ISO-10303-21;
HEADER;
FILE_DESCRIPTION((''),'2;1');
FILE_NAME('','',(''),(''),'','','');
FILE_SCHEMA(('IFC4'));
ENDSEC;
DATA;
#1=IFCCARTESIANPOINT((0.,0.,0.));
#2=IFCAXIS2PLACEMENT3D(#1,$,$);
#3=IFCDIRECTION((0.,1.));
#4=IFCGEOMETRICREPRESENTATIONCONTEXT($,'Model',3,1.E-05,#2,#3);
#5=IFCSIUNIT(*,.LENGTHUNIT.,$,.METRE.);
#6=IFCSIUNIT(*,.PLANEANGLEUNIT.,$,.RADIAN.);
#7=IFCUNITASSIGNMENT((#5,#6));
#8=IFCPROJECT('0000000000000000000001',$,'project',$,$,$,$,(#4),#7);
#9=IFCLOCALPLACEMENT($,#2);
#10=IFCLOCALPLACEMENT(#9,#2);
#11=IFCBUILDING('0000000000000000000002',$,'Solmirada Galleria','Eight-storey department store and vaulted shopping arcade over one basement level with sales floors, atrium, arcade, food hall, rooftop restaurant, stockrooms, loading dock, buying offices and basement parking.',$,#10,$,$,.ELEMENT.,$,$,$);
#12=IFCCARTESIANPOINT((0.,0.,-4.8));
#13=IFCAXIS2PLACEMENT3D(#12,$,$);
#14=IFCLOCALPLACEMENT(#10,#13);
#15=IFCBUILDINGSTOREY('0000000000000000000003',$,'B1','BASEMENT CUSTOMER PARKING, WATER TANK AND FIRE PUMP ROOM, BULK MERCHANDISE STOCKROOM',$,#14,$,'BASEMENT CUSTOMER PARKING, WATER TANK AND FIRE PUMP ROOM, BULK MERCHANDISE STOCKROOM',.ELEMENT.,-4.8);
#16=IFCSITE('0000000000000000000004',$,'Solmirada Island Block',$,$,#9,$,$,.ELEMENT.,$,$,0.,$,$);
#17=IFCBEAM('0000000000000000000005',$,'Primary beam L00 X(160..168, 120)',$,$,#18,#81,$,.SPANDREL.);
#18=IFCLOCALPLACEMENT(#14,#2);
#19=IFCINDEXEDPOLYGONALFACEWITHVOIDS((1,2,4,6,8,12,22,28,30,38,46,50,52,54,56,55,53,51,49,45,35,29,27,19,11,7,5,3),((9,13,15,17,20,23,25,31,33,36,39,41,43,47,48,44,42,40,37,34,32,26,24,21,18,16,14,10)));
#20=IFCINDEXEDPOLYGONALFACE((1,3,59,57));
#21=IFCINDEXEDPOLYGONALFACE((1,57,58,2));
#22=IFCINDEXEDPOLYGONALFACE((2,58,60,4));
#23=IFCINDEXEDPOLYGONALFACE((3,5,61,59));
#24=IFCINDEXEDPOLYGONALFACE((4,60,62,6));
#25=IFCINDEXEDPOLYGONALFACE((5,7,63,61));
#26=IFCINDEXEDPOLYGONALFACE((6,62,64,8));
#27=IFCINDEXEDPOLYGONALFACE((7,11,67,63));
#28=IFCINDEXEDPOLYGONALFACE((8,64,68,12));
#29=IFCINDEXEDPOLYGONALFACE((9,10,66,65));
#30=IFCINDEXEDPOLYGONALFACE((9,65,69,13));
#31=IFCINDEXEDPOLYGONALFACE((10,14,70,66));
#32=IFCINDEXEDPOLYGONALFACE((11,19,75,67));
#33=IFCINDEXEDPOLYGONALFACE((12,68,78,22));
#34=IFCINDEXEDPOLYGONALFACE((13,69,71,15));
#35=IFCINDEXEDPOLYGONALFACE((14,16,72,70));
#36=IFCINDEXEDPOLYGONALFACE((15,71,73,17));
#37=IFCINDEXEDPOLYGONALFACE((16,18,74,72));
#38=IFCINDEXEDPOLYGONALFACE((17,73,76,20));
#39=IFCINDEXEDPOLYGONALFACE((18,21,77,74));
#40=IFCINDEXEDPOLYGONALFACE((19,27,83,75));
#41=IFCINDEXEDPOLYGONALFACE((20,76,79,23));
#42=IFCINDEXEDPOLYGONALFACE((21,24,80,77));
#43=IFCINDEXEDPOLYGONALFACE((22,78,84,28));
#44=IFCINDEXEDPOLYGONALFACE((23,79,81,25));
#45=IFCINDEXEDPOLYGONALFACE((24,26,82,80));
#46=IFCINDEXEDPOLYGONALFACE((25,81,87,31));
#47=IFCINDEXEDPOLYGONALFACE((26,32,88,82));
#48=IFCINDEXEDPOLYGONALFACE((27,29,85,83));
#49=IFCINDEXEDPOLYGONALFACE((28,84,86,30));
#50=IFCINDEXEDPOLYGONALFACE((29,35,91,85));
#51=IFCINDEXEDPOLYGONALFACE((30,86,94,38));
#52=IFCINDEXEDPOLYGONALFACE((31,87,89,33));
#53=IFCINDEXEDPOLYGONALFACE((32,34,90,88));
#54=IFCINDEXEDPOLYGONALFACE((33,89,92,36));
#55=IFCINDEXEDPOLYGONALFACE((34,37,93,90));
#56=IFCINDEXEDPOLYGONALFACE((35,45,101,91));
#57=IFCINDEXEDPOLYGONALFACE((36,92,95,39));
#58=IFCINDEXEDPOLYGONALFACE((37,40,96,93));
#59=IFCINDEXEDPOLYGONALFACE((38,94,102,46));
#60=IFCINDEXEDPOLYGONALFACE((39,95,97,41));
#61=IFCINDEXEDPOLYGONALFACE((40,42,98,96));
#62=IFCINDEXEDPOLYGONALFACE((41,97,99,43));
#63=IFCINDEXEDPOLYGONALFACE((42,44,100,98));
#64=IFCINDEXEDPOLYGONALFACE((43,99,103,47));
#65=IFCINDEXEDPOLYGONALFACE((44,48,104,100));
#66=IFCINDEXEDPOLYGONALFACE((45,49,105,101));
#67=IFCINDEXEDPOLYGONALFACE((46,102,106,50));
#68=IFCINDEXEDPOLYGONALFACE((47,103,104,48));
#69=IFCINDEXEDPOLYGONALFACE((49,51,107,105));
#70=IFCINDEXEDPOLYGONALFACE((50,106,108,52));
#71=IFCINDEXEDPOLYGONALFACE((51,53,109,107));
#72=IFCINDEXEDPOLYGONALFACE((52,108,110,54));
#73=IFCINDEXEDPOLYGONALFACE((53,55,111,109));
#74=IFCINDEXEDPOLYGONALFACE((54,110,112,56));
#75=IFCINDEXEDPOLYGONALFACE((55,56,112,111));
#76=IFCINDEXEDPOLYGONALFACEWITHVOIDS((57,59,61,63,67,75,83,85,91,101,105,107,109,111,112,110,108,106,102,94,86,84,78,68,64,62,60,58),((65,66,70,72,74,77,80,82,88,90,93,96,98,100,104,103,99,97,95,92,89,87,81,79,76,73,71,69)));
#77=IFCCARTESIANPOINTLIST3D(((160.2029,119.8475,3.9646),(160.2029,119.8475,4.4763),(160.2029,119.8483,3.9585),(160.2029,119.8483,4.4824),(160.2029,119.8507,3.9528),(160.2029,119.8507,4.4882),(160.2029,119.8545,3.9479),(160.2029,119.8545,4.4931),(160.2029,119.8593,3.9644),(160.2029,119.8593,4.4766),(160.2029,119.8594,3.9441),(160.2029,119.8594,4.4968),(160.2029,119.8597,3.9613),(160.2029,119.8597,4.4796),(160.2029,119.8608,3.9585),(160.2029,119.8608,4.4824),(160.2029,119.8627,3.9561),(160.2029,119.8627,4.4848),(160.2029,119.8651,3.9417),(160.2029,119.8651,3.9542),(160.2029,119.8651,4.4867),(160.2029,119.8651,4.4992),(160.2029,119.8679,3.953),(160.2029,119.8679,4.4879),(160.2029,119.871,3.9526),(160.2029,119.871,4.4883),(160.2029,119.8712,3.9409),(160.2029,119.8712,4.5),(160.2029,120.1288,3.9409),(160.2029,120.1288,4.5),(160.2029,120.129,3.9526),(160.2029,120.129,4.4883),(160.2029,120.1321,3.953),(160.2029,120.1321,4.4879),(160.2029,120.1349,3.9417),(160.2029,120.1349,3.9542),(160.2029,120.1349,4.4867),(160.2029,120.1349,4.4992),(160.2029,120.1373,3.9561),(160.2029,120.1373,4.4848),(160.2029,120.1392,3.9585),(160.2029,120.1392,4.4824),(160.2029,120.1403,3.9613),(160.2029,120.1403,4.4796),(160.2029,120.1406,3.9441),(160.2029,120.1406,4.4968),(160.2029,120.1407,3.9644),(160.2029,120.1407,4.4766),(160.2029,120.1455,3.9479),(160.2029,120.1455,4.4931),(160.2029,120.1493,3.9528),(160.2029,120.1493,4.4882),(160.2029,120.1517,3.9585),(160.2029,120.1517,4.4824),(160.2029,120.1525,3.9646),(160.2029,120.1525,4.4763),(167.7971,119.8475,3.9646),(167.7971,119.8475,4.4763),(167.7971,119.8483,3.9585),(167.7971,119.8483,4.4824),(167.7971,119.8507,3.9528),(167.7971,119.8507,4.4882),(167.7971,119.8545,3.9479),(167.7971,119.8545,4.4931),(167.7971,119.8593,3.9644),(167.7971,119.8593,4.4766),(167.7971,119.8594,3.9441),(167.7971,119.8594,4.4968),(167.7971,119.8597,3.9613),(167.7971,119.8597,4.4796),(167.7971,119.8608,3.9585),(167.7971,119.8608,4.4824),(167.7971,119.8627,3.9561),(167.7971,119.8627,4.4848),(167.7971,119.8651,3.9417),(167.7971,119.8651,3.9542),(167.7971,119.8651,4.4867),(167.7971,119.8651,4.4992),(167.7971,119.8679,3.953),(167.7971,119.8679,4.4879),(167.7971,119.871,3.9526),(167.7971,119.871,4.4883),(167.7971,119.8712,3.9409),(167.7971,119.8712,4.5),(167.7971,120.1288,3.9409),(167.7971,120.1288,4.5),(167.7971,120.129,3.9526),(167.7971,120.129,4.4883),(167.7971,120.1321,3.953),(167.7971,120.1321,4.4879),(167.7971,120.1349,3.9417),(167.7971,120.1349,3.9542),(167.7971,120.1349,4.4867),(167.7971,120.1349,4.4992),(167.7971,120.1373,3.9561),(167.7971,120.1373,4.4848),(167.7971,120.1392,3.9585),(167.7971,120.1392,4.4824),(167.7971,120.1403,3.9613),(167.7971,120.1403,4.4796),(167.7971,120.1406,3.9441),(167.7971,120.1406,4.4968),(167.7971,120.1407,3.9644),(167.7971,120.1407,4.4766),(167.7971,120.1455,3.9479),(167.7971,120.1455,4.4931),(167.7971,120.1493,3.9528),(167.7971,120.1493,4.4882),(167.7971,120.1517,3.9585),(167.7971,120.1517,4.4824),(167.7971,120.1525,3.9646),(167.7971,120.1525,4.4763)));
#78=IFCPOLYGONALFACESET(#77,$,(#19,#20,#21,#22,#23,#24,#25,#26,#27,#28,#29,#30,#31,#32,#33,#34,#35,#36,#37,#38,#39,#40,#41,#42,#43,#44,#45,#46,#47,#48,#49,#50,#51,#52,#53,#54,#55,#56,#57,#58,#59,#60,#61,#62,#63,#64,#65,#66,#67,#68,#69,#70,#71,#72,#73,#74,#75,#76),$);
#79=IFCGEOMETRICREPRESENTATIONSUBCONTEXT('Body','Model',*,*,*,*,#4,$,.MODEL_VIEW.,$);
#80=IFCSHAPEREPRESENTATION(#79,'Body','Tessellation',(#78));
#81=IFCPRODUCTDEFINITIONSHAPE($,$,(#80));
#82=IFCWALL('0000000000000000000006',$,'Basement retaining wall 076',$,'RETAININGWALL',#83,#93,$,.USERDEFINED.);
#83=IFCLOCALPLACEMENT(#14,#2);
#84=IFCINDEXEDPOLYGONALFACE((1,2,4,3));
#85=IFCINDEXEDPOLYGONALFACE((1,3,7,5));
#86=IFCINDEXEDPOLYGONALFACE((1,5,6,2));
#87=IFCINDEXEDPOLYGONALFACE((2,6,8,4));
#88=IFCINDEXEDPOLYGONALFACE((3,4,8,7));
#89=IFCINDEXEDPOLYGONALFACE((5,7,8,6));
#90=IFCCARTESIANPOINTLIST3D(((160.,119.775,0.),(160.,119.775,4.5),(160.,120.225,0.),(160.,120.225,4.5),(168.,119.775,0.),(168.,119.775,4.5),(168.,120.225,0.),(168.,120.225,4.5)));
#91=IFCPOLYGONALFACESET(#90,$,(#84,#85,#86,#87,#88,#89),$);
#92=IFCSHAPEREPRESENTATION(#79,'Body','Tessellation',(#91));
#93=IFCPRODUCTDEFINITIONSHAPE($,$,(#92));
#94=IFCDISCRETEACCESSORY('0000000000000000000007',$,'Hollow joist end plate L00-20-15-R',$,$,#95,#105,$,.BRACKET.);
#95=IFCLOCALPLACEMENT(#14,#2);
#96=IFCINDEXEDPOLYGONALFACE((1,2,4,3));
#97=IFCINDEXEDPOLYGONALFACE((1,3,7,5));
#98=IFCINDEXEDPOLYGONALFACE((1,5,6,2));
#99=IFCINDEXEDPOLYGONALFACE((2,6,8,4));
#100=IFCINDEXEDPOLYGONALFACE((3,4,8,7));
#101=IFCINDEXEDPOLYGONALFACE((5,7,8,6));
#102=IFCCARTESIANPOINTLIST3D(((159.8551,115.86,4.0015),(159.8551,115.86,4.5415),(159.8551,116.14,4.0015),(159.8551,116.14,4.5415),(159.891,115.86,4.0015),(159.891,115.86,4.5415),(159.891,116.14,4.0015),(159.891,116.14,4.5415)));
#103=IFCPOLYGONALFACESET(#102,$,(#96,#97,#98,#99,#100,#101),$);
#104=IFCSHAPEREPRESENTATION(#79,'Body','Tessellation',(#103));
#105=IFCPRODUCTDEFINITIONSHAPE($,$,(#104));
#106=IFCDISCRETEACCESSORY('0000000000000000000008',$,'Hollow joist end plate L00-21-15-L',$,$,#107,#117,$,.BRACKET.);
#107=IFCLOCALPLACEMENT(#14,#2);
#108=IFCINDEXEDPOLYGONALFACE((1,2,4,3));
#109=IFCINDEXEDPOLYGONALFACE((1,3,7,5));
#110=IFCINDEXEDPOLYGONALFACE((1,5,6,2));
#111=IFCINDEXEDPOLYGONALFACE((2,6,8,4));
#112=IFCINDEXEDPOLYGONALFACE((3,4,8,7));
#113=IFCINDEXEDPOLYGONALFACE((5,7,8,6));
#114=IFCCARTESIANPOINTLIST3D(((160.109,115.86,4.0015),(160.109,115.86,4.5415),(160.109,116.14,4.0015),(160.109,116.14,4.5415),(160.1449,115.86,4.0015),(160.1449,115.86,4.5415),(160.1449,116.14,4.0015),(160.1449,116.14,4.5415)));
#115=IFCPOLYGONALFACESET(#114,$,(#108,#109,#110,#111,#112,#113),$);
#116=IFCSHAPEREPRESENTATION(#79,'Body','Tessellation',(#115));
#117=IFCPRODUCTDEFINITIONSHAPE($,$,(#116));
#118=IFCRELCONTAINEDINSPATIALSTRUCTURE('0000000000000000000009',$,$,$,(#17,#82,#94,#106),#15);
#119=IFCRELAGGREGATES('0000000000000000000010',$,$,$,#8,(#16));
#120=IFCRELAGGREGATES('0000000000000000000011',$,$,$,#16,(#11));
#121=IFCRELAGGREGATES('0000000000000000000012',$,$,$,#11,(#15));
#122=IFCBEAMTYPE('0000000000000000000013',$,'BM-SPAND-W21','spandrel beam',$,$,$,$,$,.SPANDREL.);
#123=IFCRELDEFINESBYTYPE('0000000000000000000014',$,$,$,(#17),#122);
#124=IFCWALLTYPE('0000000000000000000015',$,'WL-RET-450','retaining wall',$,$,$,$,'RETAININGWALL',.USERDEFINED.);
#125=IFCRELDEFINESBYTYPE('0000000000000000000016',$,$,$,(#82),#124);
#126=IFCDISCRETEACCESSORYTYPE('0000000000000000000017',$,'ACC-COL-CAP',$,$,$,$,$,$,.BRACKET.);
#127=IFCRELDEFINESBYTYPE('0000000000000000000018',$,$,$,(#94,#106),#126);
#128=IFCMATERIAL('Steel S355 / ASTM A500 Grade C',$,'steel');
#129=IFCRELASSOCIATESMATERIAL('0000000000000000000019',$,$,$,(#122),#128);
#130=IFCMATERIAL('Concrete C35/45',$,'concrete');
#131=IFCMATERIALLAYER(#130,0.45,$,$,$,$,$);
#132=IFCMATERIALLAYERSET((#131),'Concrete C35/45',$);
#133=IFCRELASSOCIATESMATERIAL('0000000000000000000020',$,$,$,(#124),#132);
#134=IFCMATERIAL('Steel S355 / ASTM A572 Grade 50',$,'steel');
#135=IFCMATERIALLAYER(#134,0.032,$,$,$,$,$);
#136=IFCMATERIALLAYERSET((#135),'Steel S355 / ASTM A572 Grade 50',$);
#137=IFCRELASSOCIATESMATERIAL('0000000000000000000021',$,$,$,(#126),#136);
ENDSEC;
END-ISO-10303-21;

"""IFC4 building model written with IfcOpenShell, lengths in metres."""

from ifc_helpers import new_model, si_unit, direction, frame, frame_2d, origin, origin_2d, place, context, subcontext, project, spatial, rectangle, hollow_rectangle, extrude, material, layer, layer_set, material_profile, profile_set, type_object, element, save


model = new_model("IFC4")

# Units and contexts
model_context = context("Model", 3, precision=1e-05, world=origin(), true_north=direction((0.0, 1.0)))
body_context = subcontext(model_context, "Body", "Model", "MODEL_VIEW")
ifc_project = project(units=[si_unit("LENGTHUNIT", "METRE"), si_unit("PLANEANGLEUNIT", "RADIAN")], contexts=[model_context])

# Site, building, storey
site_placement = place(None, origin())
site = spatial("IfcSite", under=ifc_project, at=site_placement, Name="Solmirada Island Block", CompositionType="ELEMENT", RefElevation=0.0)
building_placement = place(site_placement, origin())
building = spatial("IfcBuilding", under=site, at=building_placement, Name="Solmirada Galleria", Description="Eight-storey department store and vaulted shopping arcade over one basement level with sales floors, atrium, arcade, food hall, rooftop restaurant, stockrooms, loading dock, buying offices and basement parking.", CompositionType="ELEMENT")
storey_placement = place(building_placement, frame((0.0, 0.0, -4.8)))
storey = spatial("IfcBuildingStorey", under=building, at=storey_placement, Name="B1", Description="BASEMENT CUSTOMER PARKING, WATER TANK AND FIRE PUMP ROOM, BULK MERCHANDISE STOCKROOM", LongName="BASEMENT CUSTOMER PARKING, WATER TANK AND FIRE PUMP ROOM, BULK MERCHANDISE STOCKROOM", CompositionType="ELEMENT", Elevation=-4.8)

# Shared definitions
ifc_material_1 = material(Name="Concrete C35/45", Category="concrete")

# Shared definitions
ifc_material_2 = material(Name="Steel S355 / ASTM A500 Grade C", Category="steel")

# Beam
ifc_material_profile_1 = material_profile(ifc_material_2, hollow_rectangle(XDim=0.3049, YDim=0.5591, WallThickness=0.0117, InnerFilletRadius=0.0117, OuterFilletRadius=0.0237, at=origin_2d()), Name="HSS22X12X1/2")
ifc_profile_set_1 = profile_set([ifc_material_profile_1], Name="Steel S355 / ASTM A500 Grade C")
beam_type_1 = type_object("IfcBeamType", Name="BM-SPAND-W21", Description="spandrel beam", PredefinedType="SPANDREL", material=ifc_profile_set_1)
for number, where, z_axis, x_axis, name in (
    (1, (160.2029, 120.0, 4.2205), (1.0, 0.0, 0.0), (0.0, 1.0, 0.0), "Primary beam L00 X(160..168, 120)"),
):
    element("IfcBeam", number, at=place(storey_placement, frame(where, z_axis=z_axis, x_axis=x_axis)), inside=storey, type_object=beam_type_1, Name=name, PredefinedType="SPANDREL", context=body_context, shape_type="SweptSolid", body=[
        extrude(hollow_rectangle(XDim=0.3049, YDim=0.5591, WallThickness=0.0117, InnerFilletRadius=0.0117, OuterFilletRadius=0.0237, at=origin_2d()), origin(), (0.0, 0.0, 1.0), 7.5942),
    ])

# Wall
ifc_layer_1 = layer(ifc_material_1, 0.45)
ifc_layer_set_1 = layer_set([ifc_layer_1], Name="Concrete C35/45")
wall_type = type_object("IfcWallType", Name="WL-RET-450", Description="retaining wall", ElementType="RETAININGWALL", PredefinedType="USERDEFINED", material=ifc_layer_set_1)
wall_placement = place(storey_placement, frame((160.0, 120.0, 0.0), z_axis=(0.0, 0.0, 1.0), x_axis=(1.0, 0.0, 0.0)))
element("IfcWall", 2, at=wall_placement, inside=storey, type_object=wall_type, Name="Basement retaining wall 076", ObjectType="RETAININGWALL", PredefinedType="USERDEFINED", context=body_context, shape_type="SweptSolid", body=[
    extrude(rectangle(XDim=8.0, YDim=0.45, at=frame_2d((4.0, 0.0))), origin(), (0.0, 0.0, 1.0), 4.5),
])

# Discrete accessories
ifc_material_3 = material(Name="Steel S355 / ASTM A572 Grade 50", Category="steel")
ifc_layer_2 = layer(ifc_material_3, 0.032)
ifc_layer_set_2 = layer_set([ifc_layer_2], Name="Steel S355 / ASTM A572 Grade 50")
discrete_accessory_type = type_object("IfcDiscreteAccessoryType", Name="ACC-COL-CAP", PredefinedType="BRACKET", material=ifc_layer_set_2)
for number, where, z_axis, x_axis, name in (
    (3, (159.873, 116.0, 4.0015), (0.0, 0.0, 1.0), (1.0, 0.0, 0.0), "Hollow joist end plate L00-20-15-R"),
    (4, (160.127, 116.0, 4.0015), (0.0, 0.0, 1.0), (1.0, 0.0, 0.0), "Hollow joist end plate L00-21-15-L"),
):
    element("IfcDiscreteAccessory", number, at=place(storey_placement, frame(where, z_axis=z_axis, x_axis=x_axis)), inside=storey, type_object=discrete_accessory_type, Name=name, PredefinedType="BRACKET", context=body_context, shape_type="SweptSolid", body=[
        extrude(rectangle(XDim=0.0359, YDim=0.28, at=origin_2d()), origin(), (0.0, 0.0, 1.0), 0.54),
    ])

save(model, "model.ifc")
